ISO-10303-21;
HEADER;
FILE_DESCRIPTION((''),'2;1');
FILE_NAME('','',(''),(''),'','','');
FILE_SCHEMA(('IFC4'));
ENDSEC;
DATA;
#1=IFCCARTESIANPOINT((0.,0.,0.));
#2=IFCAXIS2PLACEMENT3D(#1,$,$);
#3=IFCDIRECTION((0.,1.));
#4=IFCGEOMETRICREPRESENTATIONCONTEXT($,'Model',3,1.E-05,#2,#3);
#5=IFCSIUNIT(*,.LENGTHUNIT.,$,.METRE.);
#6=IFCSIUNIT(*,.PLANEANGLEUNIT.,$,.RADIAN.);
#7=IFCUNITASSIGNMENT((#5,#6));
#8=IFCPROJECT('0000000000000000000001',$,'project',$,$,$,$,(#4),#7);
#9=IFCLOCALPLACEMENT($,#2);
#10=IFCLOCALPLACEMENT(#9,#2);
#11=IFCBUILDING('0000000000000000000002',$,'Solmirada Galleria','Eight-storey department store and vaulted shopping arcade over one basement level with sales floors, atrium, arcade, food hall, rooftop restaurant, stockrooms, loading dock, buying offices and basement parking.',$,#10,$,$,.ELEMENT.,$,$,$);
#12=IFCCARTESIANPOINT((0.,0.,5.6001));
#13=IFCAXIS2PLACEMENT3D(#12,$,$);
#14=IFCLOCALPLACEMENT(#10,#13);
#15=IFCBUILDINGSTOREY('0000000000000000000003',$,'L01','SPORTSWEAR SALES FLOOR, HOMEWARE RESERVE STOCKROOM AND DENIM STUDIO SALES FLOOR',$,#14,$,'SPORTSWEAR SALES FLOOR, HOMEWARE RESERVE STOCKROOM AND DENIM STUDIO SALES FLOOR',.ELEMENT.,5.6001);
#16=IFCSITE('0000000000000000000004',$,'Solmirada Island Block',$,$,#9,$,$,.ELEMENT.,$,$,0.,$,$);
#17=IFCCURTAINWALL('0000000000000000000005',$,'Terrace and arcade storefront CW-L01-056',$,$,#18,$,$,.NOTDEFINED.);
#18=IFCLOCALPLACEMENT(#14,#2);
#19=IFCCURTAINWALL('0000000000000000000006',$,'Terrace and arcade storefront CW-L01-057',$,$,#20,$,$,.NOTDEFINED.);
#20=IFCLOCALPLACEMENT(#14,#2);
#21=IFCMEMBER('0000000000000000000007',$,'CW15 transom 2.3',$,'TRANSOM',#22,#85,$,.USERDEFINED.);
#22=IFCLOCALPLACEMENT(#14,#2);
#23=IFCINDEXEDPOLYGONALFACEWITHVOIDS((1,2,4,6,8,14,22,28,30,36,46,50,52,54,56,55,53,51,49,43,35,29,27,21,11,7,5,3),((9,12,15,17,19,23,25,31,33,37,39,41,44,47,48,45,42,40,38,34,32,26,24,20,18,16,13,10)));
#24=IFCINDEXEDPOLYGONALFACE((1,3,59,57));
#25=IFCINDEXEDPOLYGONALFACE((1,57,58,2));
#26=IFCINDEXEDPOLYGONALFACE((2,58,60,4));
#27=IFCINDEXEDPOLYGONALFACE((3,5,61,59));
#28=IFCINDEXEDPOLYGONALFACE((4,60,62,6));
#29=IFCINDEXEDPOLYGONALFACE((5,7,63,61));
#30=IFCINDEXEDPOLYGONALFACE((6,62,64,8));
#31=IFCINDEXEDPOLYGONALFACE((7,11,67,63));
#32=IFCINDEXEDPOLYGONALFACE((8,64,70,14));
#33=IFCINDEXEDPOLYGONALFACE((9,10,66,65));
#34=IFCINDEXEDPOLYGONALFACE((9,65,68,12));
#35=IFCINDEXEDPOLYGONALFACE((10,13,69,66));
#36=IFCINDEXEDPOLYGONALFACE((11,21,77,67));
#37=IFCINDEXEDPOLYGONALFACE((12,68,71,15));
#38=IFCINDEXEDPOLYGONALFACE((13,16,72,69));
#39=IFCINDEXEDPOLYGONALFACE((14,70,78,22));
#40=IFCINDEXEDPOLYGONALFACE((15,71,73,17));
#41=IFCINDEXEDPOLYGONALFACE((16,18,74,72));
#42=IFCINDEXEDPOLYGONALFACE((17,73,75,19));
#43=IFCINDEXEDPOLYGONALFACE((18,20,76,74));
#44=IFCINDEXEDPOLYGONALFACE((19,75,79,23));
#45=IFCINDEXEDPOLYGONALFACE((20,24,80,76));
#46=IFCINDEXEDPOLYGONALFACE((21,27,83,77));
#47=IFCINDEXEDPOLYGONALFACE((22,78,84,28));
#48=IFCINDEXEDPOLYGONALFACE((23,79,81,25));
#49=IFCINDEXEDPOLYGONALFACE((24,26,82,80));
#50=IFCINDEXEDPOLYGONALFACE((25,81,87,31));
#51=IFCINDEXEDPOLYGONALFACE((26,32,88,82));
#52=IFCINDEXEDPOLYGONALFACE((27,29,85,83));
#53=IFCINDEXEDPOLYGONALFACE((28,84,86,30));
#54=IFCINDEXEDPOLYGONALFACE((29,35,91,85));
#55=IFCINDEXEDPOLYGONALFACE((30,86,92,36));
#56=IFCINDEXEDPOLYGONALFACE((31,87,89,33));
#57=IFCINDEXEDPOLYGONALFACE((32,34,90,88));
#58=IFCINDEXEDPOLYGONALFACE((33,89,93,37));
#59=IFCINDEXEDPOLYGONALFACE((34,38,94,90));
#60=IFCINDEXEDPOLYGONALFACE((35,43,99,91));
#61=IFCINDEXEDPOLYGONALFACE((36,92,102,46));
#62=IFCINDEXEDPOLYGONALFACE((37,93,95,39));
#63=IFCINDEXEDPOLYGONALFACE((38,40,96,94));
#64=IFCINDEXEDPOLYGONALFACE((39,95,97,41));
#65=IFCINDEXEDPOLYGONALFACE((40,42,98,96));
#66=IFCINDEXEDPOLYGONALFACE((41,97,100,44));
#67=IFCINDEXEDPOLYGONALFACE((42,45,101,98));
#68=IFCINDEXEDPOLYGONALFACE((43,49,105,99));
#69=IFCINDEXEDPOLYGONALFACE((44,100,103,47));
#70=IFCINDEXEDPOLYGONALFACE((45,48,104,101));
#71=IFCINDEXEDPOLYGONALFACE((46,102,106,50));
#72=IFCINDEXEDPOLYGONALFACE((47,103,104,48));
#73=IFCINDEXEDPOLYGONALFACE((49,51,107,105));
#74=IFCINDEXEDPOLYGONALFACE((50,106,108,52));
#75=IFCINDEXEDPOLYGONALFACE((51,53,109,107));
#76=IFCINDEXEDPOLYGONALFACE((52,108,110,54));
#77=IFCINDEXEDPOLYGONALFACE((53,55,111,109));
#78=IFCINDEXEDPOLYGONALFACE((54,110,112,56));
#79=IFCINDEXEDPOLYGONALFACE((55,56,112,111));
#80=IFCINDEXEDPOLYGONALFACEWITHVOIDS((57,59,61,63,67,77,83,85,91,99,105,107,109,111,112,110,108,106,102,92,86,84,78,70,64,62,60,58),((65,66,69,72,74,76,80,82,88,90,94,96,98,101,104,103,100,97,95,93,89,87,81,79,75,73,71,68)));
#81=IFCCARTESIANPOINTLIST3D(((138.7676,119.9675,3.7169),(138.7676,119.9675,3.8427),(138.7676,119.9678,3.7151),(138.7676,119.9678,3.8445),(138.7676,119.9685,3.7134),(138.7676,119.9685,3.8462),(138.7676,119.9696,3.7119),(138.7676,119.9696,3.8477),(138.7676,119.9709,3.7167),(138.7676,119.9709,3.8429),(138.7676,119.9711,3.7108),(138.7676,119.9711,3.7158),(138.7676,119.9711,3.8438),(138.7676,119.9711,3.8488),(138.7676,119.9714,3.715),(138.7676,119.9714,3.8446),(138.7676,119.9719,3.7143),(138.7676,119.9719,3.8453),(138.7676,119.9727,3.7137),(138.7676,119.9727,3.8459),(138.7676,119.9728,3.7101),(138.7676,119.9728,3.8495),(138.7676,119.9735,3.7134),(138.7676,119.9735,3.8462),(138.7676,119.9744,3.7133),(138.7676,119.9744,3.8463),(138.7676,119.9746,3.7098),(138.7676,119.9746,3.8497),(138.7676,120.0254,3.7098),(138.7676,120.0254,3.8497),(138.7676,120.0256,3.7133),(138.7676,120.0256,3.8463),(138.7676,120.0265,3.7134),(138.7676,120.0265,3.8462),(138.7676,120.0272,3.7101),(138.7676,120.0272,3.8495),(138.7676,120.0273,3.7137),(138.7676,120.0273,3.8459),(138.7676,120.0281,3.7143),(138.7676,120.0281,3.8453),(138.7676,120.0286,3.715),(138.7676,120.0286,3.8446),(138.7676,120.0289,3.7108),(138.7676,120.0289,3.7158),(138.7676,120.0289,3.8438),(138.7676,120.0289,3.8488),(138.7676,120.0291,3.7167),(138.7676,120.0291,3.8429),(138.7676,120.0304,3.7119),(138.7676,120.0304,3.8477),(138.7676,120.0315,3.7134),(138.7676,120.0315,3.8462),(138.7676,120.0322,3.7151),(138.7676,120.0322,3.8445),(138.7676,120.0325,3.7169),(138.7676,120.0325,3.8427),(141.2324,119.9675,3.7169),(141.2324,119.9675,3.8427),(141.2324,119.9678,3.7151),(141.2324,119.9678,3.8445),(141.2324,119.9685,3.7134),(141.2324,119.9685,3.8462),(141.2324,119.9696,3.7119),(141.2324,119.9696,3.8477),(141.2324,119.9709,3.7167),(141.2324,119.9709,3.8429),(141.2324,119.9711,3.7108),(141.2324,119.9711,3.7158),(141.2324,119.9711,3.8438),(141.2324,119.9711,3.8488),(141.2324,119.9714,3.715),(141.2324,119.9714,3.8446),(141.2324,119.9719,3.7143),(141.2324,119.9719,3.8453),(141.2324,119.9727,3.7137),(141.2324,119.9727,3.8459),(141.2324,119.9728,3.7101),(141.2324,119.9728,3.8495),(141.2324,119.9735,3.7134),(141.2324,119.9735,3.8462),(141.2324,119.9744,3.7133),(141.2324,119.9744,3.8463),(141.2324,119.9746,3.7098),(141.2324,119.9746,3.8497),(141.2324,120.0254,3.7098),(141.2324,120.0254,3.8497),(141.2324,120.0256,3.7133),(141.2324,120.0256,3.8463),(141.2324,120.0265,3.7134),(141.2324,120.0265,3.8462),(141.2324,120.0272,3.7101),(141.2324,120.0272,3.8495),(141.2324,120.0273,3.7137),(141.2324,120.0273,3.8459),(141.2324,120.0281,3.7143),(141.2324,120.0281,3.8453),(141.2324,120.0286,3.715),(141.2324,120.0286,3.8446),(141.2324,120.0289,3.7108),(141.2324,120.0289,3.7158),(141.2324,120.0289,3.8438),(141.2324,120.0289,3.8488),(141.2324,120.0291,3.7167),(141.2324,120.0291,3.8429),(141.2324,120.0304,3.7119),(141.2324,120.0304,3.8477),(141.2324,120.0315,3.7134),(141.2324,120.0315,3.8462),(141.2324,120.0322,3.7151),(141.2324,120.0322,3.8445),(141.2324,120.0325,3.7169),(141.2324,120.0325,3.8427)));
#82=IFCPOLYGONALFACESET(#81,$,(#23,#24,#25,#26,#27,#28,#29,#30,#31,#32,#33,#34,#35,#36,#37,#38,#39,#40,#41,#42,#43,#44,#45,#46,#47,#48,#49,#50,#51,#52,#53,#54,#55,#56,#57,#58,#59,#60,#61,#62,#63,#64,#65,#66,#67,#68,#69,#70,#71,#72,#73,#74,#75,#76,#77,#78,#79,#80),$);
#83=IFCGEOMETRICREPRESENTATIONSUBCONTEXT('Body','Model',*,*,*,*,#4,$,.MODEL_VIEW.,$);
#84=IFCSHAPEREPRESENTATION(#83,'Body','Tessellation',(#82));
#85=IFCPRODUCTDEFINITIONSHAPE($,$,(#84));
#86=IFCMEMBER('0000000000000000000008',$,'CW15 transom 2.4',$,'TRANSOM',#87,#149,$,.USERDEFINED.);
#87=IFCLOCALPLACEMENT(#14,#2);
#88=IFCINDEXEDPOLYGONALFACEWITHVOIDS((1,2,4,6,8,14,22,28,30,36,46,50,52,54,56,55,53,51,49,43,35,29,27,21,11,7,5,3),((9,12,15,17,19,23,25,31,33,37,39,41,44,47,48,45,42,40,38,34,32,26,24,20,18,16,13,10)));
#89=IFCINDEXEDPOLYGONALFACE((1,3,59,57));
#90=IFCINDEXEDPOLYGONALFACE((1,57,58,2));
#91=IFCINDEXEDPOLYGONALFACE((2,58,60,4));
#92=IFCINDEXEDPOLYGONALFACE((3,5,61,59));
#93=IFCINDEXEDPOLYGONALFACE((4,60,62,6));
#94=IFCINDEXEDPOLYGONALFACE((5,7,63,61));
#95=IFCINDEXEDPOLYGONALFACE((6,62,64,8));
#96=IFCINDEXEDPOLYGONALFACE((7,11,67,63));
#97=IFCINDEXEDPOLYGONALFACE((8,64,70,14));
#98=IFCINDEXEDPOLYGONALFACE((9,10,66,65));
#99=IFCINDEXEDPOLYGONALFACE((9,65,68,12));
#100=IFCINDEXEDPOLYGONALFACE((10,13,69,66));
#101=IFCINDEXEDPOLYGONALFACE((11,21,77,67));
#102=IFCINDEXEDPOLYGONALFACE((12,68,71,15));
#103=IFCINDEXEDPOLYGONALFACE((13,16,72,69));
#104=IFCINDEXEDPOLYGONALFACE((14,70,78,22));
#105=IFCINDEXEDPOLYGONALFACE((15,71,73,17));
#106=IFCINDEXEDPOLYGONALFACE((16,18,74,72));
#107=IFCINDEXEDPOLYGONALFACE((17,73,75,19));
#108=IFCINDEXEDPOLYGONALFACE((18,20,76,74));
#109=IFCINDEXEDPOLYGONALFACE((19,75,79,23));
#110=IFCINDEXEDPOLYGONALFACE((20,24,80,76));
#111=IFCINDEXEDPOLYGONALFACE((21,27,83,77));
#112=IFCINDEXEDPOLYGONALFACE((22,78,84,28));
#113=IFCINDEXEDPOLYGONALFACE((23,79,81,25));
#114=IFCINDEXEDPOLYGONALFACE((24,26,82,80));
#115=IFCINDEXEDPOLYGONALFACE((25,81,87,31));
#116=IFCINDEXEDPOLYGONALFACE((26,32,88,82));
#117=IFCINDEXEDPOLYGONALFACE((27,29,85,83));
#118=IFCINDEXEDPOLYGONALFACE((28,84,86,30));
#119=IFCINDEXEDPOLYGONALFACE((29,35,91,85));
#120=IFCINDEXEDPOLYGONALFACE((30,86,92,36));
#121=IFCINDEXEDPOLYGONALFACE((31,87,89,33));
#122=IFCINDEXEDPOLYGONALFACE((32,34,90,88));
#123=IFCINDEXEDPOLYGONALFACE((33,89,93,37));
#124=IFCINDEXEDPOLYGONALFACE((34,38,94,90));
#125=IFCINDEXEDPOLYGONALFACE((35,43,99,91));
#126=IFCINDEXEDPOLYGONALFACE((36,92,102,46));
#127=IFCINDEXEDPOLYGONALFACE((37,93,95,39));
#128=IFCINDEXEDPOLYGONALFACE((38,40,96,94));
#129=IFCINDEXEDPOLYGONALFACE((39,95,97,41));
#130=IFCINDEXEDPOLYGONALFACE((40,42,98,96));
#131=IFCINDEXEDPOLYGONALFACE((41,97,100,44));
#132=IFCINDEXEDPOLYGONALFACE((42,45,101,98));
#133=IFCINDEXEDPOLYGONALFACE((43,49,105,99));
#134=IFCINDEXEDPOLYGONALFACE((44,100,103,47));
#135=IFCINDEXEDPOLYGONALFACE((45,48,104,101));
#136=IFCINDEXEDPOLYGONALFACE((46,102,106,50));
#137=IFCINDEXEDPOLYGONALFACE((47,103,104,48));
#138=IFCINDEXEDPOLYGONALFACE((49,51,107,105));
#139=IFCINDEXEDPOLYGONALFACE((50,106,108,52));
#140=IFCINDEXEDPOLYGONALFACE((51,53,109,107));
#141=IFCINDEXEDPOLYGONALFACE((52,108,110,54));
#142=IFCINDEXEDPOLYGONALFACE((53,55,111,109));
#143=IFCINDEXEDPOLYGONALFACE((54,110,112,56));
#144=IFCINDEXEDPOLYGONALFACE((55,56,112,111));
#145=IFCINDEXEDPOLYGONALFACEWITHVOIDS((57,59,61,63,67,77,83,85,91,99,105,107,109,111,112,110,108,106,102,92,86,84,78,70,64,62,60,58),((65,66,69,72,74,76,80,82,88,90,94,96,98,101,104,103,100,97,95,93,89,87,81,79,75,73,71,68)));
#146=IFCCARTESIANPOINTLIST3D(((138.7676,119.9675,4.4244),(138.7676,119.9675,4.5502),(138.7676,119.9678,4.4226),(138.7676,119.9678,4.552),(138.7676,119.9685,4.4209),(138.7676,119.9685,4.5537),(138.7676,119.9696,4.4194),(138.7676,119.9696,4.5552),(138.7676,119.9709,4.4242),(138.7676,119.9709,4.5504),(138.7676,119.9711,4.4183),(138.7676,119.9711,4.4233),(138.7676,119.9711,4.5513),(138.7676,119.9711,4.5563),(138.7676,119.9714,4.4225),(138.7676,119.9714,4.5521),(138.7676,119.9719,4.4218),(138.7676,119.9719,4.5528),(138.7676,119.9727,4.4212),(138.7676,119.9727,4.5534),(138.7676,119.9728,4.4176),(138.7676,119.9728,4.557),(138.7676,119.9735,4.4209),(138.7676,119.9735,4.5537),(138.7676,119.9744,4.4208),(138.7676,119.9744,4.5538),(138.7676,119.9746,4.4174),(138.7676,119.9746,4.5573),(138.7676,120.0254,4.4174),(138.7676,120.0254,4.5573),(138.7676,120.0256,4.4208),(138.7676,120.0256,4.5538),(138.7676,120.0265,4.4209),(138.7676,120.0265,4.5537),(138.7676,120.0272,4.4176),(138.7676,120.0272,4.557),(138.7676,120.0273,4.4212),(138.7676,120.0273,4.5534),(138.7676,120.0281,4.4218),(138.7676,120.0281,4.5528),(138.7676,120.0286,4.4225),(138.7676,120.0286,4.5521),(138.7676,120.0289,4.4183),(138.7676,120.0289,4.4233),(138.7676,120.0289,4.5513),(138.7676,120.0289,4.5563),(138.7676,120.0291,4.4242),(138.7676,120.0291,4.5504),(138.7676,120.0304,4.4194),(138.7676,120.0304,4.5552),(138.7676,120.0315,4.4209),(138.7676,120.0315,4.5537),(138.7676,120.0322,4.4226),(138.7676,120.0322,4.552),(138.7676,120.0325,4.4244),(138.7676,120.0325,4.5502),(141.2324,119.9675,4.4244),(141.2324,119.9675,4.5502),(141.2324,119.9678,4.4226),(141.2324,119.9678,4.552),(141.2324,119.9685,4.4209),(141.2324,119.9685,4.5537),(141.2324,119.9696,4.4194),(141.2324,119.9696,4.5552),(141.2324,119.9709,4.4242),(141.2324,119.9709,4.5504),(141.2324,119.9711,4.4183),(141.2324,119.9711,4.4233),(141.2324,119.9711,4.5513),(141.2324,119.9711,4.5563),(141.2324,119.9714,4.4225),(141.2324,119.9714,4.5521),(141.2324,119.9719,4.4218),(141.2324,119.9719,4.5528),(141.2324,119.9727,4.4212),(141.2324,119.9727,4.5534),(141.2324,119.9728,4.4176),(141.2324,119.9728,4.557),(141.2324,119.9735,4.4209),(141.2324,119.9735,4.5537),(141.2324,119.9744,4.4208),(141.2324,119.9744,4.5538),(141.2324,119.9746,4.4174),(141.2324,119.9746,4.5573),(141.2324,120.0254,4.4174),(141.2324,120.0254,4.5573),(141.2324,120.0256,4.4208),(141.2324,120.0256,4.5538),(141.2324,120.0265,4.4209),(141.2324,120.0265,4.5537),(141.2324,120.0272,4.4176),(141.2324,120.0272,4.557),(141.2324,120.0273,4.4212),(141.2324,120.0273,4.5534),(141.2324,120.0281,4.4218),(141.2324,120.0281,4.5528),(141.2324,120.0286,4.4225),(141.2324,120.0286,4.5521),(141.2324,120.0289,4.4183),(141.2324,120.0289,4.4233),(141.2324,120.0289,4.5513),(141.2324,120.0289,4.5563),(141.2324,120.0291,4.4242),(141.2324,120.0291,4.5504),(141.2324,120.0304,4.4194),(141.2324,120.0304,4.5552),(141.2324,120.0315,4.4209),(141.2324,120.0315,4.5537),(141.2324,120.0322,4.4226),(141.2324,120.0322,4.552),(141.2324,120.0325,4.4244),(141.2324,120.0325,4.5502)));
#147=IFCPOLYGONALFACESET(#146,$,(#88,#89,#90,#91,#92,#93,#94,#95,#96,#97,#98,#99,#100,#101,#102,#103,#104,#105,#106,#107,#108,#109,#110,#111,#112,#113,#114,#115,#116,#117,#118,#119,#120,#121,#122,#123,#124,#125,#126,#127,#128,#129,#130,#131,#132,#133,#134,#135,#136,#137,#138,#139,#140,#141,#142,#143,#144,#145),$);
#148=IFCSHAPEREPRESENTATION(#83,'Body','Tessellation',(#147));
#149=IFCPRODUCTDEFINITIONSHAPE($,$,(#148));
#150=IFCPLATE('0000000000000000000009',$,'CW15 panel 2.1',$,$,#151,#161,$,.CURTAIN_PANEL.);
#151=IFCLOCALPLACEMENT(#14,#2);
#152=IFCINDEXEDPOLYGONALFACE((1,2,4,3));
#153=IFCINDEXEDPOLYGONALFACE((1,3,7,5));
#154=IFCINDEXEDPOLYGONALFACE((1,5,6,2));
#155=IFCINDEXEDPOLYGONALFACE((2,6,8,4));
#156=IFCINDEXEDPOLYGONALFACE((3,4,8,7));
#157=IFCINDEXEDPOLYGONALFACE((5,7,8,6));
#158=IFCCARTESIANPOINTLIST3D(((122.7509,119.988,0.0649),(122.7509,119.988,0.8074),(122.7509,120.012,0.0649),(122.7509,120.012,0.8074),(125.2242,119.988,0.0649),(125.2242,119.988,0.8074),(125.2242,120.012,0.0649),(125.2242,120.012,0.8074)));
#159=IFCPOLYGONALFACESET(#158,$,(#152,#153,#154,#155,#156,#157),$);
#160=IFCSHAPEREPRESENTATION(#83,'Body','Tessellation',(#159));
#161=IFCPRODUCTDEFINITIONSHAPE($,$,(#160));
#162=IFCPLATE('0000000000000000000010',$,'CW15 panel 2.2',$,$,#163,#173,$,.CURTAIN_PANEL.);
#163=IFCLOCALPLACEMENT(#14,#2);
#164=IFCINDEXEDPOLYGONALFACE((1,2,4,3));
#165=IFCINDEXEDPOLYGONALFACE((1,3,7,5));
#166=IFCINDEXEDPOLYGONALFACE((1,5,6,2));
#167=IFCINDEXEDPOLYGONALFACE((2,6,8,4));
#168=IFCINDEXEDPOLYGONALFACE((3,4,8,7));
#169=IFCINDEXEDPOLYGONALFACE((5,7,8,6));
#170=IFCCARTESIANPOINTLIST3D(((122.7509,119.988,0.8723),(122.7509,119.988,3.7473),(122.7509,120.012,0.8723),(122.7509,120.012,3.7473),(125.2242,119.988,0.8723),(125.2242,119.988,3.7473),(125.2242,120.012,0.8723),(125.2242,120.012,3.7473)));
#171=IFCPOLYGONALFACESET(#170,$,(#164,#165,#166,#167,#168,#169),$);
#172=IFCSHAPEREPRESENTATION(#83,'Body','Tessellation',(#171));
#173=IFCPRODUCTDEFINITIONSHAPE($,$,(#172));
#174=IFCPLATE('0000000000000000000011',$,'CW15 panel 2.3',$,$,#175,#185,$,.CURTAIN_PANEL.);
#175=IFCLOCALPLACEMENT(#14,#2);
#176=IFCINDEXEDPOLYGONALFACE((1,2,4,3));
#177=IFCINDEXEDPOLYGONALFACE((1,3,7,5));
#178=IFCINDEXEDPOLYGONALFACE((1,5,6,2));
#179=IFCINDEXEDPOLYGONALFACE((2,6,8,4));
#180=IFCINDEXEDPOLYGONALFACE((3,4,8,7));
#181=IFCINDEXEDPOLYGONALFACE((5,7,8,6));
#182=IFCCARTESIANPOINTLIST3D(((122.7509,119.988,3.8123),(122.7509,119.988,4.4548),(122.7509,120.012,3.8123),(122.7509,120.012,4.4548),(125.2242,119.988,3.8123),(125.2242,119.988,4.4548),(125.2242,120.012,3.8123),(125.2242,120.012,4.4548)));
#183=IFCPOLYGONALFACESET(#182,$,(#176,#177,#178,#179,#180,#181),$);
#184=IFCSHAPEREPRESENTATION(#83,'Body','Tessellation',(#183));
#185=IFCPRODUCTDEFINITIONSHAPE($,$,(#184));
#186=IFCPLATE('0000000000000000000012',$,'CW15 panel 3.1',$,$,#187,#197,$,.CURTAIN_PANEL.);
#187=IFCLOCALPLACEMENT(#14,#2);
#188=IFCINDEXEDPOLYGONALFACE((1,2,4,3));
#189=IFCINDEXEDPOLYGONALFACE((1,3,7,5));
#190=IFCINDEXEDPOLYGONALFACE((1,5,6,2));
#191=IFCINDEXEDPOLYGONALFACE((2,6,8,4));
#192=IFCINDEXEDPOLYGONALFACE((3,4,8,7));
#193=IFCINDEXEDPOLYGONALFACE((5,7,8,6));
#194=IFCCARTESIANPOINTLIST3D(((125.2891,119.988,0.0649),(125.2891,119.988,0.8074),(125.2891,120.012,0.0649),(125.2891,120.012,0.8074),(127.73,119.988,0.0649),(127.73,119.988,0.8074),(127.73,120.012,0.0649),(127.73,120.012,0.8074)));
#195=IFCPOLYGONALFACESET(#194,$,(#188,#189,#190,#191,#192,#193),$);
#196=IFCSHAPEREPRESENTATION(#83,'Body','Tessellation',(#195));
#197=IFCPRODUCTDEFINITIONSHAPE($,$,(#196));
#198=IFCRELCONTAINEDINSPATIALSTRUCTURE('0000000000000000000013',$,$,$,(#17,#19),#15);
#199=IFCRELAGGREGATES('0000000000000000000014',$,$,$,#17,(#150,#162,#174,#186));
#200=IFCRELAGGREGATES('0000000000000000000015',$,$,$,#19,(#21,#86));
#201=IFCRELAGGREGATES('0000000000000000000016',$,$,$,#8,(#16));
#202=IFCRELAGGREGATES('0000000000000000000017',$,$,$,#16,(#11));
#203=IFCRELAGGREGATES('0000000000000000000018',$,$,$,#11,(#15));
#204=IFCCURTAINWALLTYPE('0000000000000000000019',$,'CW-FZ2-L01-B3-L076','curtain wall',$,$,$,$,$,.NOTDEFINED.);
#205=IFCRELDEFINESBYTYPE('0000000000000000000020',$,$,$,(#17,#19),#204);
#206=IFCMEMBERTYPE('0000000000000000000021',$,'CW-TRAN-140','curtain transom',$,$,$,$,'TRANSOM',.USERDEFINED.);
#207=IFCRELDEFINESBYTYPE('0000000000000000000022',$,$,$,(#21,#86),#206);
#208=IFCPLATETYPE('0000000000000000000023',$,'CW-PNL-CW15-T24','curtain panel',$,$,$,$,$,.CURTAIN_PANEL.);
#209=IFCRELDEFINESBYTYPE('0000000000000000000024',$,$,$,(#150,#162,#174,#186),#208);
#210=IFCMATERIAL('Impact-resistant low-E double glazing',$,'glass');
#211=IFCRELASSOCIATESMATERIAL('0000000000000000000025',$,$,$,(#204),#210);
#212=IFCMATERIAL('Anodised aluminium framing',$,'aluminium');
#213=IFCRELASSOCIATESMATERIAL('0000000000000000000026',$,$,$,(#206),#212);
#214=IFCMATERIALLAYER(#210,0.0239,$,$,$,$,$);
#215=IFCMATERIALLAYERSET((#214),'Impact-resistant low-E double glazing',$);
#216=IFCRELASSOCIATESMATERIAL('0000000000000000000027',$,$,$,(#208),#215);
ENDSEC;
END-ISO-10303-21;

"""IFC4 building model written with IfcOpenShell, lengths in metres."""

from ifc_helpers import new_model, si_unit, direction, frame, origin, origin_2d, place, context, subcontext, project, spatial, rectangle, hollow_rectangle, extrude, material, layer, layer_set, material_profile, profile_set, type_object, element, aggregate, save


model = new_model("IFC4")

# Units and contexts
model_context = context("Model", 3, precision=1e-05, world=origin(), true_north=direction((0.0, 1.0)))
body_context = subcontext(model_context, "Body", "Model", "MODEL_VIEW")
ifc_project = project(units=[si_unit("LENGTHUNIT", "METRE"), si_unit("PLANEANGLEUNIT", "RADIAN")], contexts=[model_context])

# Site, building, storey
site_placement = place(None, origin())
site = spatial("IfcSite", under=ifc_project, at=site_placement, Name="Solmirada Island Block", CompositionType="ELEMENT", RefElevation=0.0)
building_placement = place(site_placement, origin())
building = spatial("IfcBuilding", under=site, at=building_placement, Name="Solmirada Galleria", Description="Eight-storey department store and vaulted shopping arcade over one basement level with sales floors, atrium, arcade, food hall, rooftop restaurant, stockrooms, loading dock, buying offices and basement parking.", CompositionType="ELEMENT")
storey_placement = place(building_placement, frame((0.0, 0.0, 5.6001)))
storey = spatial("IfcBuildingStorey", under=building, at=storey_placement, Name="L01", Description="SPORTSWEAR SALES FLOOR, HOMEWARE RESERVE STOCKROOM AND DENIM STUDIO SALES FLOOR", LongName="SPORTSWEAR SALES FLOOR, HOMEWARE RESERVE STOCKROOM AND DENIM STUDIO SALES FLOOR", CompositionType="ELEMENT", Elevation=5.6001)

# Curtain walls
ifc_material_1 = material(Name="Impact-resistant low-E double glazing", Category="glass")
curtain_wall_type = type_object("IfcCurtainWallType", Name="CW-FZ2-L01-B3-L076", Description="curtain wall", PredefinedType="NOTDEFINED", material=ifc_material_1)
curtain_wall_1_placement = place(storey_placement, origin())
curtain_wall_1 = element("IfcCurtainWall", 1, at=curtain_wall_1_placement, inside=storey, type_object=curtain_wall_type, Name="Terrace and arcade storefront CW-L01-056", PredefinedType="NOTDEFINED")
ifc_material_2 = material(Name="Anodised aluminium framing", Category="aluminium")
curtain_wall_2_placement = place(storey_placement, origin())
curtain_wall_2 = element("IfcCurtainWall", 2, at=curtain_wall_2_placement, inside=storey, type_object=curtain_wall_type, Name="Terrace and arcade storefront CW-L01-057", PredefinedType="NOTDEFINED")

# Members
ifc_material_profile_1 = material_profile(ifc_material_2, hollow_rectangle(XDim=0.0649, YDim=0.1399, WallThickness=0.0034, InnerFilletRadius=0.0034, OuterFilletRadius=0.0071, at=origin_2d()), Name="ALU-TRAN-140X65")
ifc_profile_set_1 = profile_set([ifc_material_profile_1], Name="Anodised aluminium framing")
member_type_1 = type_object("IfcMemberType", Name="CW-TRAN-140", Description="curtain transom", ElementType="TRANSOM", PredefinedType="USERDEFINED", material=ifc_profile_set_1)
member_1_placement = place(storey_placement, frame((138.7676, 120.0, 3.7798), z_axis=(1.0, 0.0, 0.0), x_axis=(0.0, 1.0, 0.0)))
member_1 = element("IfcMember", 3, at=member_1_placement, type_object=member_type_1, Name="CW15 transom 2.3", ObjectType="TRANSOM", PredefinedType="USERDEFINED", context=body_context, shape_type="SweptSolid", body=[
    extrude(hollow_rectangle(XDim=0.0649, YDim=0.1399, WallThickness=0.0034, InnerFilletRadius=0.0034, OuterFilletRadius=0.0071, at=origin_2d()), origin(), (0.0, 0.0, 1.0), 2.4648),
])
member_2_placement = place(storey_placement, frame((138.7676, 120.0, 4.4873), z_axis=(1.0, 0.0, 0.0), x_axis=(0.0, 1.0, 0.0)))
member_2 = element("IfcMember", 4, at=member_2_placement, type_object=member_type_1, Name="CW15 transom 2.4", ObjectType="TRANSOM", PredefinedType="USERDEFINED", context=body_context, shape_type="SweptSolid", body=[
    extrude(hollow_rectangle(XDim=0.0649, YDim=0.1399, WallThickness=0.0034, InnerFilletRadius=0.0034, OuterFilletRadius=0.0071, at=origin_2d()), origin(), (0.0, 0.0, 1.0), 2.4648),
])

# Plates
ifc_layer_1 = layer(ifc_material_1, 0.0239)
ifc_layer_set_1 = layer_set([ifc_layer_1], Name="Impact-resistant low-E double glazing")
plate_type = type_object("IfcPlateType", Name="CW-PNL-CW15-T24", Description="curtain panel", PredefinedType="CURTAIN_PANEL", material=ifc_layer_set_1)
plate_1_placement = place(storey_placement, frame((123.9875, 120.0, 0.0649), z_axis=(0.0, 0.0, 1.0), x_axis=(1.0, 0.0, 0.0)))
plate_1 = element("IfcPlate", 5, at=plate_1_placement, type_object=plate_type, Name="CW15 panel 2.1", PredefinedType="CURTAIN_PANEL", context=body_context, shape_type="SweptSolid", body=[
    extrude(rectangle(XDim=2.4734, YDim=0.0239, at=origin_2d()), origin(), (0.0, 0.0, 1.0), 0.7424),
])
plate_2_placement = place(storey_placement, frame((123.9875, 120.0, 0.8723), z_axis=(0.0, 0.0, 1.0), x_axis=(1.0, 0.0, 0.0)))
plate_2 = element("IfcPlate", 6, at=plate_2_placement, type_object=plate_type, Name="CW15 panel 2.2", PredefinedType="CURTAIN_PANEL", context=body_context, shape_type="SweptSolid", body=[
    extrude(rectangle(XDim=2.4734, YDim=0.0239, at=origin_2d()), origin(), (0.0, 0.0, 1.0), 2.875),
])
plate_3_placement = place(storey_placement, frame((123.9875, 120.0, 3.8123), z_axis=(0.0, 0.0, 1.0), x_axis=(1.0, 0.0, 0.0)))
plate_3 = element("IfcPlate", 7, at=plate_3_placement, type_object=plate_type, Name="CW15 panel 2.3", PredefinedType="CURTAIN_PANEL", context=body_context, shape_type="SweptSolid", body=[
    extrude(rectangle(XDim=2.4734, YDim=0.0239, at=origin_2d()), origin(), (0.0, 0.0, 1.0), 0.6426),
])
plate_4_placement = place(storey_placement, frame((126.5095, 120.0, 0.0649), z_axis=(0.0, 0.0, 1.0), x_axis=(1.0, 0.0, 0.0)))
plate_4 = element("IfcPlate", 8, at=plate_4_placement, type_object=plate_type, Name="CW15 panel 3.1", PredefinedType="CURTAIN_PANEL", context=body_context, shape_type="SweptSolid", body=[
    extrude(rectangle(XDim=2.4409, YDim=0.0239, at=origin_2d()), origin(), (0.0, 0.0, 1.0), 0.7424),
])
aggregate(curtain_wall_1, [plate_1, plate_2, plate_3, plate_4])
aggregate(curtain_wall_2, [member_1, member_2])

save(model, "model.ifc")
